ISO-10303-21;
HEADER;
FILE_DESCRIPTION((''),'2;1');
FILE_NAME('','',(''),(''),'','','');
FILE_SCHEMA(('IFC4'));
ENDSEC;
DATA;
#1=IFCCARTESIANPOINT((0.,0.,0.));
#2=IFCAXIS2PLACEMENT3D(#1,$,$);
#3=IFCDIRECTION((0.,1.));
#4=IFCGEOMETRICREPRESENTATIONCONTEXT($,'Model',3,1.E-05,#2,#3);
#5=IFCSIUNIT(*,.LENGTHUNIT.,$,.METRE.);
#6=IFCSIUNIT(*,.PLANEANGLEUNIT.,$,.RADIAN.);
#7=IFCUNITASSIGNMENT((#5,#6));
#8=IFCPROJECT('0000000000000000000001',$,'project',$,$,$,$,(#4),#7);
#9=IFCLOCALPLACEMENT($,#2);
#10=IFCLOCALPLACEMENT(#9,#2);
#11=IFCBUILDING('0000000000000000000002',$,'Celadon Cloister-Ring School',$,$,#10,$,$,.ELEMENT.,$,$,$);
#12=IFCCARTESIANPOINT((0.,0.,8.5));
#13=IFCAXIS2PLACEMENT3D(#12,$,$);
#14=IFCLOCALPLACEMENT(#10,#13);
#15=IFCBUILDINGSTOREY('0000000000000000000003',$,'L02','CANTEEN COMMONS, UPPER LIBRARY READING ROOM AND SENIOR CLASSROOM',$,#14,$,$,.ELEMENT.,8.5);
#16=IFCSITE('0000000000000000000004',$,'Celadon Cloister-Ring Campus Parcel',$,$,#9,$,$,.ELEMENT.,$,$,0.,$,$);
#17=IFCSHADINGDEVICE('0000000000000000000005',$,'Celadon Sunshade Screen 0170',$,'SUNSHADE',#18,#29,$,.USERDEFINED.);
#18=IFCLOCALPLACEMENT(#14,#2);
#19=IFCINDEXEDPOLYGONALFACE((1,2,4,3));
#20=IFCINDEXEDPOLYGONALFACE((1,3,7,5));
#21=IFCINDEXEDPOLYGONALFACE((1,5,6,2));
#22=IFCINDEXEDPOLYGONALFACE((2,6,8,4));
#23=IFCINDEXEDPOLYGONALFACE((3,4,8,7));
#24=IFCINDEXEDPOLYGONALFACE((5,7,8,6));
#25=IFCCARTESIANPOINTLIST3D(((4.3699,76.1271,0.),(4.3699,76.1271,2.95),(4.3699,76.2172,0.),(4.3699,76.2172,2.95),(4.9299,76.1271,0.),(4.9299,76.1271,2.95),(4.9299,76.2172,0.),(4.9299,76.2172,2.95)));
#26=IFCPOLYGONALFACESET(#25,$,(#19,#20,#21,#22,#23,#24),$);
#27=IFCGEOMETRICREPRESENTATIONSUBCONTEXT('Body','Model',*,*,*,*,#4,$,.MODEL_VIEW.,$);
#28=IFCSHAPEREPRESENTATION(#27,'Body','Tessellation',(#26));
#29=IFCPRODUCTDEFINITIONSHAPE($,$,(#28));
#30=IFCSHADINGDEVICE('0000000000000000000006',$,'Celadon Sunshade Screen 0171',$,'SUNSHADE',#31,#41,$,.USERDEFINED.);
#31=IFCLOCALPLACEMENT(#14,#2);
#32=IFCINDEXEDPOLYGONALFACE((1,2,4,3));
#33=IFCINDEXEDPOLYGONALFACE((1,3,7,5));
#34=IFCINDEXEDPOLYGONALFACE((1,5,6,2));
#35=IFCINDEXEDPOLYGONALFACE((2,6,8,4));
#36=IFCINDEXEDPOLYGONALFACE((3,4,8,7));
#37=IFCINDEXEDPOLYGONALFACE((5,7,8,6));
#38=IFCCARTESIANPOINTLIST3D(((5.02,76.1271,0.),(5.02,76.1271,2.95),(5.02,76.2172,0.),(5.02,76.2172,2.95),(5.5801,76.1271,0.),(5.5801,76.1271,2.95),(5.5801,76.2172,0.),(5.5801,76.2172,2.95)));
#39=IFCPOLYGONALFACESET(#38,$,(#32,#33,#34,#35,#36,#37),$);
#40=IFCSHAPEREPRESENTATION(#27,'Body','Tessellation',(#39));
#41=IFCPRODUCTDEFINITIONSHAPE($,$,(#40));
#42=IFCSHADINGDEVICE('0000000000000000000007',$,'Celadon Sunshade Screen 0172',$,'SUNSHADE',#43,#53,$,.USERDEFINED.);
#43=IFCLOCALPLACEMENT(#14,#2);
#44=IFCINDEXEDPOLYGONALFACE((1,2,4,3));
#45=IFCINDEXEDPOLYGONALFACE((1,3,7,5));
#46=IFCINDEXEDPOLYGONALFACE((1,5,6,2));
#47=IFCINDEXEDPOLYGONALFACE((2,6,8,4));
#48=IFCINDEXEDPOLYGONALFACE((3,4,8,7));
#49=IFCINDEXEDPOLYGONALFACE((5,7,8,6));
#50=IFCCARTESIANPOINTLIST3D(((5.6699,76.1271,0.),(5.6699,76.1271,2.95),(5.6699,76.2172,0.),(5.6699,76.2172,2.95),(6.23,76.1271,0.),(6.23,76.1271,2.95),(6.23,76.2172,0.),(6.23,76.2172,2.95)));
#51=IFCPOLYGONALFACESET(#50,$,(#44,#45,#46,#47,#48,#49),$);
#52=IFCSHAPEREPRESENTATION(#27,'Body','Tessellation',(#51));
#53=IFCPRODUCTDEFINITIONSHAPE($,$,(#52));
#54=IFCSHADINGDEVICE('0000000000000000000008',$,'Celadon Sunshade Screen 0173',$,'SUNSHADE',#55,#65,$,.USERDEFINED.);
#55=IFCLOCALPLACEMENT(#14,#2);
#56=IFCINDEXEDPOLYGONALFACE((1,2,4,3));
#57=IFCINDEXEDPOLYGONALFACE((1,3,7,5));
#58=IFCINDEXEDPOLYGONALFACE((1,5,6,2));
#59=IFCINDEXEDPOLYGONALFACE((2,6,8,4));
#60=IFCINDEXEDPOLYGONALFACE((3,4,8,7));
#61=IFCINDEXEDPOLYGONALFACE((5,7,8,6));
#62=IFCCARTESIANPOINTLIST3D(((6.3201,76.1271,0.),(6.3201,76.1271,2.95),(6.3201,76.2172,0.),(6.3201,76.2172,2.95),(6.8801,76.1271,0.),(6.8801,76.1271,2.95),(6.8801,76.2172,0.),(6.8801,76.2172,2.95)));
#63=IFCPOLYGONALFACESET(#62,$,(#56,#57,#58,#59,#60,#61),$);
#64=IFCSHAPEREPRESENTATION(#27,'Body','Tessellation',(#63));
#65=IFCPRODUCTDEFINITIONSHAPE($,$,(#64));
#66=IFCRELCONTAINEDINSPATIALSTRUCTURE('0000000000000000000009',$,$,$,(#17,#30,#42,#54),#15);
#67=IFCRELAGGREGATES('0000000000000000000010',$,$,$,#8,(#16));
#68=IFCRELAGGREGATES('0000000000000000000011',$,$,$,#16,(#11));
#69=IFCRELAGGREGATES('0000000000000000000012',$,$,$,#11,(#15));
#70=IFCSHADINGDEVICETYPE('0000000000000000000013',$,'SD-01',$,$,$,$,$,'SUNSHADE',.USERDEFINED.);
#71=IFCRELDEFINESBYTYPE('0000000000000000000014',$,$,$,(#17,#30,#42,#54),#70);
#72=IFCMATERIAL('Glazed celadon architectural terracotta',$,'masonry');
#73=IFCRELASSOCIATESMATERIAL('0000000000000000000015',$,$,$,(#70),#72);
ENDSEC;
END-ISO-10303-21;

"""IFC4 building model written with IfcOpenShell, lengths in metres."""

from ifc_helpers import new_model, si_unit, direction, frame, origin, origin_2d, place, context, subcontext, project, spatial, rectangle, extrude, material, type_object, element, save


model = new_model("IFC4")

# Units and contexts
model_context = context("Model", 3, precision=1e-05, world=origin(), true_north=direction((0.0, 1.0)))
body_context = subcontext(model_context, "Body", "Model", "MODEL_VIEW")
ifc_project = project(units=[si_unit("LENGTHUNIT", "METRE"), si_unit("PLANEANGLEUNIT", "RADIAN")], contexts=[model_context])

# Site, building, storey
site_placement = place(None, origin())
site = spatial("IfcSite", under=ifc_project, at=site_placement, Name="Celadon Cloister-Ring Campus Parcel", CompositionType="ELEMENT", RefElevation=0.0)
building_placement = place(site_placement, origin())
building = spatial("IfcBuilding", under=site, at=building_placement, Name="Celadon Cloister-Ring School", CompositionType="ELEMENT")
storey_placement = place(building_placement, frame((0.0, 0.0, 8.5)))
storey = spatial("IfcBuildingStorey", under=building, at=storey_placement, Name="L02", Description="CANTEEN COMMONS, UPPER LIBRARY READING ROOM AND SENIOR CLASSROOM", CompositionType="ELEMENT", Elevation=8.5)

# Shading devices
ifc_material_1 = material(Name="Glazed celadon architectural terracotta", Category="masonry")
shading_device_type = type_object("IfcShadingDeviceType", Name="SD-01", ElementType="SUNSHADE", PredefinedType="USERDEFINED", material=ifc_material_1)
for number, where, z_axis, x_axis, name in (
    (1, (4.6499, 76.1721, 0.0), (0.0, 0.0, 1.0), (1.0, 0.0, 0.0), "Celadon Sunshade Screen 0170"),
    (2, (5.3, 76.1721, 0.0), (0.0, 0.0, 1.0), (1.0, 0.0, 0.0), "Celadon Sunshade Screen 0171"),
    (3, (5.95, 76.1721, 0.0), (0.0, 0.0, 1.0), (1.0, 0.0, 0.0), "Celadon Sunshade Screen 0172"),
    (4, (6.6001, 76.1721, 0.0), (0.0, 0.0, 1.0), (1.0, 0.0, 0.0), "Celadon Sunshade Screen 0173"),
):
    element("IfcShadingDevice", number, at=place(storey_placement, frame(where, z_axis=z_axis, x_axis=x_axis)), inside=storey, type_object=shading_device_type, Name=name, ObjectType="SUNSHADE", PredefinedType="USERDEFINED", context=body_context, shape_type="SweptSolid", body=[
        extrude(rectangle(XDim=0.5601, YDim=0.0901, at=origin_2d()), origin(), (0.0, 0.0, 1.0), 2.95),
    ])

save(model, "model.ifc")
